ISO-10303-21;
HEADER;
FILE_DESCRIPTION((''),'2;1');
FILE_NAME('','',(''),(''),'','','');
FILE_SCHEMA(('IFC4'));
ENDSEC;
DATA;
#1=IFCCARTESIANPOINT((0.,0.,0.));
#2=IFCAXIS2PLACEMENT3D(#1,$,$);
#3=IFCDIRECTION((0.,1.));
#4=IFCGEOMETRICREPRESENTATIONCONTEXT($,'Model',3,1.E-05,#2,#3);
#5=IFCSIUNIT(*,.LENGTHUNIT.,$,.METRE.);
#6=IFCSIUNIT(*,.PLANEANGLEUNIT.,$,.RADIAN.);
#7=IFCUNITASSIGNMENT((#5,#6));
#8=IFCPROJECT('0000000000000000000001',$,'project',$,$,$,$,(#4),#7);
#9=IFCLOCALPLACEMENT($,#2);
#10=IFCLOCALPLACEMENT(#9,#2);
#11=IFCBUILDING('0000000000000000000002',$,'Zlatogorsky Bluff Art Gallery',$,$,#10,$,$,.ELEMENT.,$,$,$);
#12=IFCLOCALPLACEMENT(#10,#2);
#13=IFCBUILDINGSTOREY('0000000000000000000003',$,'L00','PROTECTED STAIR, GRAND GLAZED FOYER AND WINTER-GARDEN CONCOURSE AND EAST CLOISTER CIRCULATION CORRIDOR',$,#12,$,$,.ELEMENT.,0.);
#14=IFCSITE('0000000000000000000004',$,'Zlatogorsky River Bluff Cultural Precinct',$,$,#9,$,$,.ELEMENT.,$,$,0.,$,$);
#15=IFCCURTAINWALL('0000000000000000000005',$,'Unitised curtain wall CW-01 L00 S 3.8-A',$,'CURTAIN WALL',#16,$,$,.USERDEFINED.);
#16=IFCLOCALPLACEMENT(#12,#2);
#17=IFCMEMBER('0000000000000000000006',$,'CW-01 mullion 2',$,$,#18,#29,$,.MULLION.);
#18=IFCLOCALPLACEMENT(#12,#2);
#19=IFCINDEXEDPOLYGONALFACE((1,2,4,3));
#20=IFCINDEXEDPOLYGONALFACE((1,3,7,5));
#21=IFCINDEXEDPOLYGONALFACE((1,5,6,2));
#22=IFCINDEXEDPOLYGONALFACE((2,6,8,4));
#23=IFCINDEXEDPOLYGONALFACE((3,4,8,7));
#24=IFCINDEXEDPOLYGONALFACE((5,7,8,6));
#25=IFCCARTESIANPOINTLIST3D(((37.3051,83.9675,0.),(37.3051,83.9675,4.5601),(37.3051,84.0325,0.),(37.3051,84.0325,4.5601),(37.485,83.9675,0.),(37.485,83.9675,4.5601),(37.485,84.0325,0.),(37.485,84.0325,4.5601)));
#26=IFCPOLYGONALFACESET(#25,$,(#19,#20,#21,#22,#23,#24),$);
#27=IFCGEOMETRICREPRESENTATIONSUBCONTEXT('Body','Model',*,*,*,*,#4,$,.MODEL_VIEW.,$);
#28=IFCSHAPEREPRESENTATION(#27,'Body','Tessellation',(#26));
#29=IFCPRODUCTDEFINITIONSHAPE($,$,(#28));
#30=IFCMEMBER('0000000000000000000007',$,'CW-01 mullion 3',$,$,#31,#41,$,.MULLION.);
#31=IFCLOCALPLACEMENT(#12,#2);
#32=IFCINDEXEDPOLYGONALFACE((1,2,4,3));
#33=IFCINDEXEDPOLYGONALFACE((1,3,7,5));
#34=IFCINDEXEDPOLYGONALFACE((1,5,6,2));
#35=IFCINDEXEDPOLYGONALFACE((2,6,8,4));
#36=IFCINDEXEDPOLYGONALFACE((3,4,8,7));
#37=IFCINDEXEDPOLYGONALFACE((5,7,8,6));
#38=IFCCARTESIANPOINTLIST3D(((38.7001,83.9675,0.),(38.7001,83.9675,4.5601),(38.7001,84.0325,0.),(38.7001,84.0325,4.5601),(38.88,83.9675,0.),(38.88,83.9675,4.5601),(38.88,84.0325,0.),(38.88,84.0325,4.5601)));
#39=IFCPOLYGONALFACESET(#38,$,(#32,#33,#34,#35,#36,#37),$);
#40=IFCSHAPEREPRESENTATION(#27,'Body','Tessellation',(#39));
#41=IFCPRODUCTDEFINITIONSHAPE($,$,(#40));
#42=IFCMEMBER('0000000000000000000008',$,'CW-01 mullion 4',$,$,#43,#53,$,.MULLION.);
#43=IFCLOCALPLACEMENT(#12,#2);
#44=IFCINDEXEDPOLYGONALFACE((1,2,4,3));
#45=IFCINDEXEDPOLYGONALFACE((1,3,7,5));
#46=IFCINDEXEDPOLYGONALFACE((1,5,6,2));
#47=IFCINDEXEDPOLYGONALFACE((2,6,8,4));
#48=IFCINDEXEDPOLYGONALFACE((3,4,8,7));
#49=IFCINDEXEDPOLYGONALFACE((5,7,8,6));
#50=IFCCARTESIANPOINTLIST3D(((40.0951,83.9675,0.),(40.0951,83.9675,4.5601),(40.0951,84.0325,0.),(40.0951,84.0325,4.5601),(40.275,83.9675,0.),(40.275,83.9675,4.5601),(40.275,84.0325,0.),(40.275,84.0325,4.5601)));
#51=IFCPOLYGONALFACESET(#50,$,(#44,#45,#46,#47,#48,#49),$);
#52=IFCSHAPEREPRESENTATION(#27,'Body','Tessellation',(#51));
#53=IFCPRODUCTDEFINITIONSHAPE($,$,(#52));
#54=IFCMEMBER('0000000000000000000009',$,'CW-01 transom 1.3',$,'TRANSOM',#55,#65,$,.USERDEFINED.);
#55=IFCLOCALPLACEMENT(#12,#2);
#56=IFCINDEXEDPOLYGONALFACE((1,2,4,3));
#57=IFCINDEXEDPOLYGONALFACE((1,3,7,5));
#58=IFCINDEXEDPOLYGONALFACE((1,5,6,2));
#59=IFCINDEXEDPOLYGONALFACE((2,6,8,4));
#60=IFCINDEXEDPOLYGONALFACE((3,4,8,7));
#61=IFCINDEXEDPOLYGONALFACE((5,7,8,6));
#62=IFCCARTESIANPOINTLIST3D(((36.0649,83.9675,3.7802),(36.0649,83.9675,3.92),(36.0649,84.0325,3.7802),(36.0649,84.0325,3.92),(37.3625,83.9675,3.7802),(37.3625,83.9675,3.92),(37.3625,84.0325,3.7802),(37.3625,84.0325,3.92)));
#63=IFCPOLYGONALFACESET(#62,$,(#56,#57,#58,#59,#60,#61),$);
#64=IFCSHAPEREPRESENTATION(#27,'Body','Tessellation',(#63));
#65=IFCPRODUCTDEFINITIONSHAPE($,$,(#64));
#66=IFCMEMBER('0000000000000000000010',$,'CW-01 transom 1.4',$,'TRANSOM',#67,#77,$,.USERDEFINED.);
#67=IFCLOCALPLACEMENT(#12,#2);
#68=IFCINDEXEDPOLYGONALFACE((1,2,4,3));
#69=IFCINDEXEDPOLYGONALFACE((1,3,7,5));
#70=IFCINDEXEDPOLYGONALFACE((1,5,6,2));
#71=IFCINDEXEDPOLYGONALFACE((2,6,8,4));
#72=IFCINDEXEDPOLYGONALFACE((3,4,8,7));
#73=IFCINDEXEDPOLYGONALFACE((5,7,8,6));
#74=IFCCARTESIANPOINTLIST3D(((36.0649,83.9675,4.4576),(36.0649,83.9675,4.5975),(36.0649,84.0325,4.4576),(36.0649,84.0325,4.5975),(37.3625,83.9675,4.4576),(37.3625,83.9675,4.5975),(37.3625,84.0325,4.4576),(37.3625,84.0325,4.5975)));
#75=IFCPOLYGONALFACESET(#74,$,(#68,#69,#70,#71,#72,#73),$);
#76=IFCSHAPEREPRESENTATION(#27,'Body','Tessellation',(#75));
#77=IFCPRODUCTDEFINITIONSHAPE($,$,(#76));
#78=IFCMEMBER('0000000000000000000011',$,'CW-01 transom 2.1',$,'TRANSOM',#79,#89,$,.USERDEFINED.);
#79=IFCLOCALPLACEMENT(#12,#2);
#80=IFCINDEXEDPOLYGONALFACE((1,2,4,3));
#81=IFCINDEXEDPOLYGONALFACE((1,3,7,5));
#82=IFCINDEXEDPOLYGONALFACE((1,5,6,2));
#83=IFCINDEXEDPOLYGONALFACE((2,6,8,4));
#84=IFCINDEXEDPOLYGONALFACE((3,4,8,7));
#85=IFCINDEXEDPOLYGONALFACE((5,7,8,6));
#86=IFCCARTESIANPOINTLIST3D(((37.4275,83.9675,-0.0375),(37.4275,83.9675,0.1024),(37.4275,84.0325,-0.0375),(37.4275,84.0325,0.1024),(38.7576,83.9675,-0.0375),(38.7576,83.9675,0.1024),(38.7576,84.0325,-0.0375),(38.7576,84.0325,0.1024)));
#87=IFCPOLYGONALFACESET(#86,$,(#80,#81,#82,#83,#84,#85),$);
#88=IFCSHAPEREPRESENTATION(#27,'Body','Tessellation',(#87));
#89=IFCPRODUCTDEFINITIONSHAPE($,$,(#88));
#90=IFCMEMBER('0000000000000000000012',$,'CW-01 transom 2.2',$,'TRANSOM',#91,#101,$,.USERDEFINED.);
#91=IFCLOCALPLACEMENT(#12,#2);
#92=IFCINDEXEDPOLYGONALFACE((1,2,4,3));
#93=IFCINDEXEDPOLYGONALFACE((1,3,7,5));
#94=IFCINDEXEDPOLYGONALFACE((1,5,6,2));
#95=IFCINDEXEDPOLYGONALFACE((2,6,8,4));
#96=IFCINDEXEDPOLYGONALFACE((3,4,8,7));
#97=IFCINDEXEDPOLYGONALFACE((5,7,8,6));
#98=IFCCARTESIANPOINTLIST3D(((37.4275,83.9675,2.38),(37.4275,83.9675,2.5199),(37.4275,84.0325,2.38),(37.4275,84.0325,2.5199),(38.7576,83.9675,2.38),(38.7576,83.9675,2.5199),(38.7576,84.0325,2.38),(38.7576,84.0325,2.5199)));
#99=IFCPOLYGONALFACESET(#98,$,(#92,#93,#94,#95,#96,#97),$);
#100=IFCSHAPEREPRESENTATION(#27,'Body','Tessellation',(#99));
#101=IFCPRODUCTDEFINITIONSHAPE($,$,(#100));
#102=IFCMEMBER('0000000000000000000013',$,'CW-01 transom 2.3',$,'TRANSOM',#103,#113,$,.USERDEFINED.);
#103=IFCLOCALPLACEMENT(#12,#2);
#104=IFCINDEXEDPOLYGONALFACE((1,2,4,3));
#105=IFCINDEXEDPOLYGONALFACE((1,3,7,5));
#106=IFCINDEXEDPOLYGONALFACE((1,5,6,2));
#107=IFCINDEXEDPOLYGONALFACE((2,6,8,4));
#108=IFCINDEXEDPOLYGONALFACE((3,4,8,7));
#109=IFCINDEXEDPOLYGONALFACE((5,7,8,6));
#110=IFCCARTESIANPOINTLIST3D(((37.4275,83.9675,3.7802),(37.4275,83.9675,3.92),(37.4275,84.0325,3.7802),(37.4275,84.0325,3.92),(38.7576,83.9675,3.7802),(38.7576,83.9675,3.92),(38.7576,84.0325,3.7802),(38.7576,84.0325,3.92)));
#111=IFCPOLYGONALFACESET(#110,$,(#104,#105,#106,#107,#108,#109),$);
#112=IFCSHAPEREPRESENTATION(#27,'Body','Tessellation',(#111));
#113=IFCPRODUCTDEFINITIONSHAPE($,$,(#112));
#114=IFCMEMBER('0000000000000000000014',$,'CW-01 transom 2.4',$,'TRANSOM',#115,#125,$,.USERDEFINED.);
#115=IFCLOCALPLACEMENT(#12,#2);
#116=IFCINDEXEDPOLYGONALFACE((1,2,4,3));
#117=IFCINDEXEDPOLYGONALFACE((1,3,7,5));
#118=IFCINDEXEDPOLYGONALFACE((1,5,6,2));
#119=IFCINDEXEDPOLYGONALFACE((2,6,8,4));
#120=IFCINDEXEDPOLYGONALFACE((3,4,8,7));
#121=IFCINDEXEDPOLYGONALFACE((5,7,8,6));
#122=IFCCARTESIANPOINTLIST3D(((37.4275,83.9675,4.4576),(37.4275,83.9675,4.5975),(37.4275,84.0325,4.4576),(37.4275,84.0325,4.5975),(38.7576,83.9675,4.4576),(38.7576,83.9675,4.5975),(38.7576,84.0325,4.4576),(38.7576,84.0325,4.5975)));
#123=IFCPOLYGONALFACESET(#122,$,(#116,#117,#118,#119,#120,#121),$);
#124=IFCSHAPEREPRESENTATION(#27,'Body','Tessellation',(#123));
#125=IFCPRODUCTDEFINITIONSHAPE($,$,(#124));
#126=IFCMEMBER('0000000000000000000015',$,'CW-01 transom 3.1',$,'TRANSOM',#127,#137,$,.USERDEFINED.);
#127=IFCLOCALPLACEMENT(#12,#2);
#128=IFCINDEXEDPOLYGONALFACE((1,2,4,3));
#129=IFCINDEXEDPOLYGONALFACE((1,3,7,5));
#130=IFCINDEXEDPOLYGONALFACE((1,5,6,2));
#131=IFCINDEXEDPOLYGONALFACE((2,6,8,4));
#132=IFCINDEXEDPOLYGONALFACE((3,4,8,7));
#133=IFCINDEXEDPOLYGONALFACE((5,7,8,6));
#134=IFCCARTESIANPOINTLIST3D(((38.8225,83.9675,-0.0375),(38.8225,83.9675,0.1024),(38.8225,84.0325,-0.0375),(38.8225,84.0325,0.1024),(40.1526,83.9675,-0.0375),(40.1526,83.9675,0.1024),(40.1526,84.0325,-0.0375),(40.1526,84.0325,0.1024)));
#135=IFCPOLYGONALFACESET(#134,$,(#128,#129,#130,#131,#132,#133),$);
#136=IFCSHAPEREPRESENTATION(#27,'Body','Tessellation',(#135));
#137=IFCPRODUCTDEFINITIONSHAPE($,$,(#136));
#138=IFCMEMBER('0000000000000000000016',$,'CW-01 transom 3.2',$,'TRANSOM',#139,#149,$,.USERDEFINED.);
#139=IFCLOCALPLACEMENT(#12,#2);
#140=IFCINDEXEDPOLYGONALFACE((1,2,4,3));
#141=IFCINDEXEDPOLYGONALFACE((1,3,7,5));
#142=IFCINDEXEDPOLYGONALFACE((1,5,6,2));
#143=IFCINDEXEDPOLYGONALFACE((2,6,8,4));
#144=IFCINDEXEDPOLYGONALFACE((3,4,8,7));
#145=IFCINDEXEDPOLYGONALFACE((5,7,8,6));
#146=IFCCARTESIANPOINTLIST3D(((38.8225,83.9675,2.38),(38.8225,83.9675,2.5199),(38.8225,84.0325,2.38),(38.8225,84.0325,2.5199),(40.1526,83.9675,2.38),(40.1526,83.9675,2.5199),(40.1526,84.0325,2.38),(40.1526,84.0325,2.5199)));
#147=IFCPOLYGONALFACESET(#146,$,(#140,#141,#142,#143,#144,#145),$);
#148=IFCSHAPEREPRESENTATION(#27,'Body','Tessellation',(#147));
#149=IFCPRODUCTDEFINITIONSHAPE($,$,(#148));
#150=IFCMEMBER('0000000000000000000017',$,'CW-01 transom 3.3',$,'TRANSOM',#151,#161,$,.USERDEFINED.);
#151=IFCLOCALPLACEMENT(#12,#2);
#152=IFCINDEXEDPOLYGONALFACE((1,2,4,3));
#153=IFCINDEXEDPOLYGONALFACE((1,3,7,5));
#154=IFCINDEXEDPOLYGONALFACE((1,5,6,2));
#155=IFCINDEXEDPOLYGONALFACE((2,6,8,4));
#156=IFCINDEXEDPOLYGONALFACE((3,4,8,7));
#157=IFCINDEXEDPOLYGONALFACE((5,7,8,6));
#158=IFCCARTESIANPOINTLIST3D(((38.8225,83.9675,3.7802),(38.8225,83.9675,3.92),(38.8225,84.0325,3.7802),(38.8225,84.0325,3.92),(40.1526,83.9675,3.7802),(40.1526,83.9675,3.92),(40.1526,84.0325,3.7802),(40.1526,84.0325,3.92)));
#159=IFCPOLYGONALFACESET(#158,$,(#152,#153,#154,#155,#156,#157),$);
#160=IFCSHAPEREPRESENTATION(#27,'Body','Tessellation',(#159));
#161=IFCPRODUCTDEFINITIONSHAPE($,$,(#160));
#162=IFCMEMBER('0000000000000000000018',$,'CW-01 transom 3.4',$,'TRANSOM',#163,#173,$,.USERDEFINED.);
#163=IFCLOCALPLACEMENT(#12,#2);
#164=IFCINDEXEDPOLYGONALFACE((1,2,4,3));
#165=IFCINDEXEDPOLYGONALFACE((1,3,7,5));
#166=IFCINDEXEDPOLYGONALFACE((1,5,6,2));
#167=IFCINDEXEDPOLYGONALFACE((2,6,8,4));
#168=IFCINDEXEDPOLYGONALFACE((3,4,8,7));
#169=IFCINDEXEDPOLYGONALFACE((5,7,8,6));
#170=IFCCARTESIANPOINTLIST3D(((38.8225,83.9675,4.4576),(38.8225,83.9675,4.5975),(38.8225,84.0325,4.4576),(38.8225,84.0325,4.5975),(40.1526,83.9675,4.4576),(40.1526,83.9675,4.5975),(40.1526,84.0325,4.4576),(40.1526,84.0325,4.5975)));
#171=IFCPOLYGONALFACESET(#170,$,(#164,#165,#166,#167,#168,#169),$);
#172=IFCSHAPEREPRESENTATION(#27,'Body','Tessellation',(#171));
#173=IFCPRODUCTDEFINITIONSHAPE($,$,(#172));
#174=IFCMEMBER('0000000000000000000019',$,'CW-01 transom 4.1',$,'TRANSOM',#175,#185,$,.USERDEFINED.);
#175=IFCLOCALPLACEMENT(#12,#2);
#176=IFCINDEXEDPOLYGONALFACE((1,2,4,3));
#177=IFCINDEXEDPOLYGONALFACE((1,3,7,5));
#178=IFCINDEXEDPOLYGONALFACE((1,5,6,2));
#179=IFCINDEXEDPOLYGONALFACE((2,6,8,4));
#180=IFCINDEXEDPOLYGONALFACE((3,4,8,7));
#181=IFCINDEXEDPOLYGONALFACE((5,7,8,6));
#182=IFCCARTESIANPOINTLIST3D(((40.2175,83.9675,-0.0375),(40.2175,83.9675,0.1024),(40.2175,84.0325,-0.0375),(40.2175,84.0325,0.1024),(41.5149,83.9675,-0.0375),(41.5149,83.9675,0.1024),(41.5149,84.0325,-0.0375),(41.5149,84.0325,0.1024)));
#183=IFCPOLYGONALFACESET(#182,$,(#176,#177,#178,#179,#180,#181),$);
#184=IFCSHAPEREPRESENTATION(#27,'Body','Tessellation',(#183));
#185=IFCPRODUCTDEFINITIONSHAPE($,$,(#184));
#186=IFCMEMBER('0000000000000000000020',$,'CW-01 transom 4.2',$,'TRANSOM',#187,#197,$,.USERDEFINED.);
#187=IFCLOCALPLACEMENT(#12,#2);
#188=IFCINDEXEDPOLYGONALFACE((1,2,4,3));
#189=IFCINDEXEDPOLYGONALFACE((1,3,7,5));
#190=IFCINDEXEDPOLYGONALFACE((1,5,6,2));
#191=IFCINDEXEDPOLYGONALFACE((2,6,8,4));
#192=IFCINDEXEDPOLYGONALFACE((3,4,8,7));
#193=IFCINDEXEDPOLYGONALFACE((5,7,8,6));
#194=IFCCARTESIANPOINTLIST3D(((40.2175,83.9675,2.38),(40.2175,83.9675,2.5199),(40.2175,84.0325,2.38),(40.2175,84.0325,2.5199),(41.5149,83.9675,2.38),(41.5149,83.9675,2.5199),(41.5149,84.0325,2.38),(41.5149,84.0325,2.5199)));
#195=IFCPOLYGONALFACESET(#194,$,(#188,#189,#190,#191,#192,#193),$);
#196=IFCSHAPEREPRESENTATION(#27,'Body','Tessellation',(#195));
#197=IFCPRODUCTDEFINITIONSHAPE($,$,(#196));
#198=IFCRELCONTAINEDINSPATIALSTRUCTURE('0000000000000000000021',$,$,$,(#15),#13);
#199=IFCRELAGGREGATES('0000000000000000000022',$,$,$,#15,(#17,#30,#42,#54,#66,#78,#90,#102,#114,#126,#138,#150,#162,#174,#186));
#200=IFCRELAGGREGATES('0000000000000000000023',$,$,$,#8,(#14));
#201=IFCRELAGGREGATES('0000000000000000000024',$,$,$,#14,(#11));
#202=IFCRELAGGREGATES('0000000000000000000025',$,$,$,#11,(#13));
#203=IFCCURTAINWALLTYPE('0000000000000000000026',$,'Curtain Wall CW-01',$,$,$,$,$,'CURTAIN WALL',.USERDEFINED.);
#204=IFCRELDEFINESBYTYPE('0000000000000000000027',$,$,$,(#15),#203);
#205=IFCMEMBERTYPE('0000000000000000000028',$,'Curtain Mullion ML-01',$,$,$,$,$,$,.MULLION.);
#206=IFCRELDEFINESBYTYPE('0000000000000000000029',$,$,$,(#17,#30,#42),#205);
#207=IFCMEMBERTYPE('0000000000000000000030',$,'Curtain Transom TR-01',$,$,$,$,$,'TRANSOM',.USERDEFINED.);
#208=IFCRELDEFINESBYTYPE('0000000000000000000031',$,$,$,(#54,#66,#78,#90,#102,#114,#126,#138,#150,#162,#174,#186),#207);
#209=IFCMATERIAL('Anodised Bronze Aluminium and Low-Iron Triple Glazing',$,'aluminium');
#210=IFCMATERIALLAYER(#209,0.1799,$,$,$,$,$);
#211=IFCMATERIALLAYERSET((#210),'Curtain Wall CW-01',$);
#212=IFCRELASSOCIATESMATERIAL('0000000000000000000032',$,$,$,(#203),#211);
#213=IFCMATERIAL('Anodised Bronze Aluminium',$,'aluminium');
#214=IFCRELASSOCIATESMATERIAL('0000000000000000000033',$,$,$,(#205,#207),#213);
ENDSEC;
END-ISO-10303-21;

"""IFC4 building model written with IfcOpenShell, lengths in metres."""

from ifc_helpers import new_model, si_unit, direction, frame, origin, origin_2d, place, context, subcontext, project, spatial, rectangle, extrude, material, layer, layer_set, material_profile, profile_set, type_object, element, aggregate, save


model = new_model("IFC4")

# Units and contexts
model_context = context("Model", 3, precision=1e-05, world=origin(), true_north=direction((0.0, 1.0)))
body_context = subcontext(model_context, "Body", "Model", "MODEL_VIEW")
ifc_project = project(units=[si_unit("LENGTHUNIT", "METRE"), si_unit("PLANEANGLEUNIT", "RADIAN")], contexts=[model_context])

# Site, building, storey
site_placement = place(None, origin())
site = spatial("IfcSite", under=ifc_project, at=site_placement, Name="Zlatogorsky River Bluff Cultural Precinct", CompositionType="ELEMENT", RefElevation=0.0)
building_placement = place(site_placement, origin())
building = spatial("IfcBuilding", under=site, at=building_placement, Name="Zlatogorsky Bluff Art Gallery", CompositionType="ELEMENT")
storey_placement = place(building_placement, origin())
storey = spatial("IfcBuildingStorey", under=building, at=storey_placement, Name="L00", Description="PROTECTED STAIR, GRAND GLAZED FOYER AND WINTER-GARDEN CONCOURSE AND EAST CLOISTER CIRCULATION CORRIDOR", CompositionType="ELEMENT", Elevation=0.0)

# Curtain wall, members
ifc_material_1 = material(Name="Anodised Bronze Aluminium and Low-Iron Triple Glazing", Category="aluminium")
ifc_layer_1 = layer(ifc_material_1, 0.1799)
ifc_layer_set_1 = layer_set([ifc_layer_1], Name="Curtain Wall CW-01")
curtain_wall_type = type_object("IfcCurtainWallType", Name="Curtain Wall CW-01", ElementType="CURTAIN WALL", PredefinedType="USERDEFINED", material=ifc_layer_set_1)
curtain_wall_placement = place(storey_placement, origin())
curtain_wall = element("IfcCurtainWall", 1, at=curtain_wall_placement, inside=storey, type_object=curtain_wall_type, Name="Unitised curtain wall CW-01 L00 S 3.8-A", ObjectType="CURTAIN WALL", PredefinedType="USERDEFINED")
ifc_material_2 = material(Name="Anodised Bronze Aluminium", Category="aluminium")
ifc_material_profile_1 = material_profile(ifc_material_2, rectangle(XDim=0.0649, YDim=0.1799, at=origin_2d()), Name="ALU MULLION 65x180")
ifc_profile_set_1 = profile_set([ifc_material_profile_1], Name="Anodised Bronze Aluminium")
member_type_1 = type_object("IfcMemberType", Name="Curtain Mullion ML-01", PredefinedType="MULLION", material=ifc_profile_set_1)
member_1_placement = place(storey_placement, frame((37.395, 84.0, 0.0), z_axis=(0.0, 0.0, 1.0), x_axis=(0.0, 1.0, 0.0)))
member_1 = element("IfcMember", 2, at=member_1_placement, type_object=member_type_1, Name="CW-01 mullion 2", PredefinedType="MULLION", context=body_context, shape_type="SweptSolid", body=[
    extrude(rectangle(XDim=0.0649, YDim=0.1799, at=origin_2d()), origin(), (0.0, 0.0, 1.0), 4.5601),
])
member_2_placement = place(storey_placement, frame((38.79, 84.0, 0.0), z_axis=(0.0, 0.0, 1.0), x_axis=(0.0, 1.0, 0.0)))
member_2 = element("IfcMember", 3, at=member_2_placement, type_object=member_type_1, Name="CW-01 mullion 3", PredefinedType="MULLION", context=body_context, shape_type="SweptSolid", body=[
    extrude(rectangle(XDim=0.0649, YDim=0.1799, at=origin_2d()), origin(), (0.0, 0.0, 1.0), 4.5601),
])
member_3_placement = place(storey_placement, frame((40.1851, 84.0, 0.0), z_axis=(0.0, 0.0, 1.0), x_axis=(0.0, 1.0, 0.0)))
member_3 = element("IfcMember", 4, at=member_3_placement, type_object=member_type_1, Name="CW-01 mullion 4", PredefinedType="MULLION", context=body_context, shape_type="SweptSolid", body=[
    extrude(rectangle(XDim=0.0649, YDim=0.1799, at=origin_2d()), origin(), (0.0, 0.0, 1.0), 4.5601),
])
ifc_material_profile_2 = material_profile(ifc_material_2, rectangle(XDim=0.0649, YDim=0.1399, at=origin_2d()), Name="ALU TRANSOM 65x140")
ifc_profile_set_2 = profile_set([ifc_material_profile_2], Name="Anodised Bronze Aluminium")
member_type_2 = type_object("IfcMemberType", Name="Curtain Transom TR-01", ElementType="TRANSOM", PredefinedType="USERDEFINED", material=ifc_profile_set_2)
member_4_placement = place(storey_placement, frame((36.0649, 84.0, 3.8501), z_axis=(1.0, 0.0, 0.0), x_axis=(0.0, 1.0, 0.0)))
member_4 = element("IfcMember", 5, at=member_4_placement, type_object=member_type_2, Name="CW-01 transom 1.3", ObjectType="TRANSOM", PredefinedType="USERDEFINED", context=body_context, shape_type="SweptSolid", body=[
    extrude(rectangle(XDim=0.0649, YDim=0.1399, at=origin_2d()), origin(), (0.0, 0.0, 1.0), 1.2976),
])
member_5_placement = place(storey_placement, frame((36.0649, 84.0, 4.5276), z_axis=(1.0, 0.0, 0.0), x_axis=(0.0, 1.0, 0.0)))
member_5 = element("IfcMember", 6, at=member_5_placement, type_object=member_type_2, Name="CW-01 transom 1.4", ObjectType="TRANSOM", PredefinedType="USERDEFINED", context=body_context, shape_type="SweptSolid", body=[
    extrude(rectangle(XDim=0.0649, YDim=0.1399, at=origin_2d()), origin(), (0.0, 0.0, 1.0), 1.2976),
])
member_6_placement = place(storey_placement, frame((37.4275, 84.0, 0.0325), z_axis=(1.0, 0.0, 0.0), x_axis=(0.0, 1.0, 0.0)))
member_6 = element("IfcMember", 7, at=member_6_placement, type_object=member_type_2, Name="CW-01 transom 2.1", ObjectType="TRANSOM", PredefinedType="USERDEFINED", context=body_context, shape_type="SweptSolid", body=[
    extrude(rectangle(XDim=0.0649, YDim=0.1399, at=origin_2d()), origin(), (0.0, 0.0, 1.0), 1.3301),
])
member_7_placement = place(storey_placement, frame((37.4275, 84.0, 2.45), z_axis=(1.0, 0.0, 0.0), x_axis=(0.0, 1.0, 0.0)))
member_7 = element("IfcMember", 8, at=member_7_placement, type_object=member_type_2, Name="CW-01 transom 2.2", ObjectType="TRANSOM", PredefinedType="USERDEFINED", context=body_context, shape_type="SweptSolid", body=[
    extrude(rectangle(XDim=0.0649, YDim=0.1399, at=origin_2d()), origin(), (0.0, 0.0, 1.0), 1.3301),
])
member_8_placement = place(storey_placement, frame((37.4275, 84.0, 3.8501), z_axis=(1.0, 0.0, 0.0), x_axis=(0.0, 1.0, 0.0)))
member_8 = element("IfcMember", 9, at=member_8_placement, type_object=member_type_2, Name="CW-01 transom 2.3", ObjectType="TRANSOM", PredefinedType="USERDEFINED", context=body_context, shape_type="SweptSolid", body=[
    extrude(rectangle(XDim=0.0649, YDim=0.1399, at=origin_2d()), origin(), (0.0, 0.0, 1.0), 1.3301),
])
member_9_placement = place(storey_placement, frame((37.4275, 84.0, 4.5276), z_axis=(1.0, 0.0, 0.0), x_axis=(0.0, 1.0, 0.0)))
member_9 = element("IfcMember", 10, at=member_9_placement, type_object=member_type_2, Name="CW-01 transom 2.4", ObjectType="TRANSOM", PredefinedType="USERDEFINED", context=body_context, shape_type="SweptSolid", body=[
    extrude(rectangle(XDim=0.0649, YDim=0.1399, at=origin_2d()), origin(), (0.0, 0.0, 1.0), 1.3301),
])
member_10_placement = place(storey_placement, frame((38.8225, 84.0, 0.0325), z_axis=(1.0, 0.0, 0.0), x_axis=(0.0, 1.0, 0.0)))
member_10 = element("IfcMember", 11, at=member_10_placement, type_object=member_type_2, Name="CW-01 transom 3.1", ObjectType="TRANSOM", PredefinedType="USERDEFINED", context=body_context, shape_type="SweptSolid", body=[
    extrude(rectangle(XDim=0.0649, YDim=0.1399, at=origin_2d()), origin(), (0.0, 0.0, 1.0), 1.3301),
])
member_11_placement = place(storey_placement, frame((38.8225, 84.0, 2.45), z_axis=(1.0, 0.0, 0.0), x_axis=(0.0, 1.0, 0.0)))
member_11 = element("IfcMember", 12, at=member_11_placement, type_object=member_type_2, Name="CW-01 transom 3.2", ObjectType="TRANSOM", PredefinedType="USERDEFINED", context=body_context, shape_type="SweptSolid", body=[
    extrude(rectangle(XDim=0.0649, YDim=0.1399, at=origin_2d()), origin(), (0.0, 0.0, 1.0), 1.3301),
])
member_12_placement = place(storey_placement, frame((38.8225, 84.0, 3.8501), z_axis=(1.0, 0.0, 0.0), x_axis=(0.0, 1.0, 0.0)))
member_12 = element("IfcMember", 13, at=member_12_placement, type_object=member_type_2, Name="CW-01 transom 3.3", ObjectType="TRANSOM", PredefinedType="USERDEFINED", context=body_context, shape_type="SweptSolid", body=[
    extrude(rectangle(XDim=0.0649, YDim=0.1399, at=origin_2d()), origin(), (0.0, 0.0, 1.0), 1.3301),
])
member_13_placement = place(storey_placement, frame((38.8225, 84.0, 4.5276), z_axis=(1.0, 0.0, 0.0), x_axis=(0.0, 1.0, 0.0)))
member_13 = element("IfcMember", 14, at=member_13_placement, type_object=member_type_2, Name="CW-01 transom 3.4", ObjectType="TRANSOM", PredefinedType="USERDEFINED", context=body_context, shape_type="SweptSolid", body=[
    extrude(rectangle(XDim=0.0649, YDim=0.1399, at=origin_2d()), origin(), (0.0, 0.0, 1.0), 1.3301),
])
member_14_placement = place(storey_placement, frame((40.2175, 84.0, 0.0325), z_axis=(1.0, 0.0, 0.0), x_axis=(0.0, 1.0, 0.0)))
member_14 = element("IfcMember", 15, at=member_14_placement, type_object=member_type_2, Name="CW-01 transom 4.1", ObjectType="TRANSOM", PredefinedType="USERDEFINED", context=body_context, shape_type="SweptSolid", body=[
    extrude(rectangle(XDim=0.0649, YDim=0.1399, at=origin_2d()), origin(), (0.0, 0.0, 1.0), 1.2974),
])
member_15_placement = place(storey_placement, frame((40.2175, 84.0, 2.45), z_axis=(1.0, 0.0, 0.0), x_axis=(0.0, 1.0, 0.0)))
member_15 = element("IfcMember", 16, at=member_15_placement, type_object=member_type_2, Name="CW-01 transom 4.2", ObjectType="TRANSOM", PredefinedType="USERDEFINED", context=body_context, shape_type="SweptSolid", body=[
    extrude(rectangle(XDim=0.0649, YDim=0.1399, at=origin_2d()), origin(), (0.0, 0.0, 1.0), 1.2974),
])
aggregate(curtain_wall, [member_1, member_2, member_3, member_4, member_5, member_6, member_7, member_8, member_9, member_10, member_11, member_12, member_13, member_14, member_15])

save(model, "model.ifc")
